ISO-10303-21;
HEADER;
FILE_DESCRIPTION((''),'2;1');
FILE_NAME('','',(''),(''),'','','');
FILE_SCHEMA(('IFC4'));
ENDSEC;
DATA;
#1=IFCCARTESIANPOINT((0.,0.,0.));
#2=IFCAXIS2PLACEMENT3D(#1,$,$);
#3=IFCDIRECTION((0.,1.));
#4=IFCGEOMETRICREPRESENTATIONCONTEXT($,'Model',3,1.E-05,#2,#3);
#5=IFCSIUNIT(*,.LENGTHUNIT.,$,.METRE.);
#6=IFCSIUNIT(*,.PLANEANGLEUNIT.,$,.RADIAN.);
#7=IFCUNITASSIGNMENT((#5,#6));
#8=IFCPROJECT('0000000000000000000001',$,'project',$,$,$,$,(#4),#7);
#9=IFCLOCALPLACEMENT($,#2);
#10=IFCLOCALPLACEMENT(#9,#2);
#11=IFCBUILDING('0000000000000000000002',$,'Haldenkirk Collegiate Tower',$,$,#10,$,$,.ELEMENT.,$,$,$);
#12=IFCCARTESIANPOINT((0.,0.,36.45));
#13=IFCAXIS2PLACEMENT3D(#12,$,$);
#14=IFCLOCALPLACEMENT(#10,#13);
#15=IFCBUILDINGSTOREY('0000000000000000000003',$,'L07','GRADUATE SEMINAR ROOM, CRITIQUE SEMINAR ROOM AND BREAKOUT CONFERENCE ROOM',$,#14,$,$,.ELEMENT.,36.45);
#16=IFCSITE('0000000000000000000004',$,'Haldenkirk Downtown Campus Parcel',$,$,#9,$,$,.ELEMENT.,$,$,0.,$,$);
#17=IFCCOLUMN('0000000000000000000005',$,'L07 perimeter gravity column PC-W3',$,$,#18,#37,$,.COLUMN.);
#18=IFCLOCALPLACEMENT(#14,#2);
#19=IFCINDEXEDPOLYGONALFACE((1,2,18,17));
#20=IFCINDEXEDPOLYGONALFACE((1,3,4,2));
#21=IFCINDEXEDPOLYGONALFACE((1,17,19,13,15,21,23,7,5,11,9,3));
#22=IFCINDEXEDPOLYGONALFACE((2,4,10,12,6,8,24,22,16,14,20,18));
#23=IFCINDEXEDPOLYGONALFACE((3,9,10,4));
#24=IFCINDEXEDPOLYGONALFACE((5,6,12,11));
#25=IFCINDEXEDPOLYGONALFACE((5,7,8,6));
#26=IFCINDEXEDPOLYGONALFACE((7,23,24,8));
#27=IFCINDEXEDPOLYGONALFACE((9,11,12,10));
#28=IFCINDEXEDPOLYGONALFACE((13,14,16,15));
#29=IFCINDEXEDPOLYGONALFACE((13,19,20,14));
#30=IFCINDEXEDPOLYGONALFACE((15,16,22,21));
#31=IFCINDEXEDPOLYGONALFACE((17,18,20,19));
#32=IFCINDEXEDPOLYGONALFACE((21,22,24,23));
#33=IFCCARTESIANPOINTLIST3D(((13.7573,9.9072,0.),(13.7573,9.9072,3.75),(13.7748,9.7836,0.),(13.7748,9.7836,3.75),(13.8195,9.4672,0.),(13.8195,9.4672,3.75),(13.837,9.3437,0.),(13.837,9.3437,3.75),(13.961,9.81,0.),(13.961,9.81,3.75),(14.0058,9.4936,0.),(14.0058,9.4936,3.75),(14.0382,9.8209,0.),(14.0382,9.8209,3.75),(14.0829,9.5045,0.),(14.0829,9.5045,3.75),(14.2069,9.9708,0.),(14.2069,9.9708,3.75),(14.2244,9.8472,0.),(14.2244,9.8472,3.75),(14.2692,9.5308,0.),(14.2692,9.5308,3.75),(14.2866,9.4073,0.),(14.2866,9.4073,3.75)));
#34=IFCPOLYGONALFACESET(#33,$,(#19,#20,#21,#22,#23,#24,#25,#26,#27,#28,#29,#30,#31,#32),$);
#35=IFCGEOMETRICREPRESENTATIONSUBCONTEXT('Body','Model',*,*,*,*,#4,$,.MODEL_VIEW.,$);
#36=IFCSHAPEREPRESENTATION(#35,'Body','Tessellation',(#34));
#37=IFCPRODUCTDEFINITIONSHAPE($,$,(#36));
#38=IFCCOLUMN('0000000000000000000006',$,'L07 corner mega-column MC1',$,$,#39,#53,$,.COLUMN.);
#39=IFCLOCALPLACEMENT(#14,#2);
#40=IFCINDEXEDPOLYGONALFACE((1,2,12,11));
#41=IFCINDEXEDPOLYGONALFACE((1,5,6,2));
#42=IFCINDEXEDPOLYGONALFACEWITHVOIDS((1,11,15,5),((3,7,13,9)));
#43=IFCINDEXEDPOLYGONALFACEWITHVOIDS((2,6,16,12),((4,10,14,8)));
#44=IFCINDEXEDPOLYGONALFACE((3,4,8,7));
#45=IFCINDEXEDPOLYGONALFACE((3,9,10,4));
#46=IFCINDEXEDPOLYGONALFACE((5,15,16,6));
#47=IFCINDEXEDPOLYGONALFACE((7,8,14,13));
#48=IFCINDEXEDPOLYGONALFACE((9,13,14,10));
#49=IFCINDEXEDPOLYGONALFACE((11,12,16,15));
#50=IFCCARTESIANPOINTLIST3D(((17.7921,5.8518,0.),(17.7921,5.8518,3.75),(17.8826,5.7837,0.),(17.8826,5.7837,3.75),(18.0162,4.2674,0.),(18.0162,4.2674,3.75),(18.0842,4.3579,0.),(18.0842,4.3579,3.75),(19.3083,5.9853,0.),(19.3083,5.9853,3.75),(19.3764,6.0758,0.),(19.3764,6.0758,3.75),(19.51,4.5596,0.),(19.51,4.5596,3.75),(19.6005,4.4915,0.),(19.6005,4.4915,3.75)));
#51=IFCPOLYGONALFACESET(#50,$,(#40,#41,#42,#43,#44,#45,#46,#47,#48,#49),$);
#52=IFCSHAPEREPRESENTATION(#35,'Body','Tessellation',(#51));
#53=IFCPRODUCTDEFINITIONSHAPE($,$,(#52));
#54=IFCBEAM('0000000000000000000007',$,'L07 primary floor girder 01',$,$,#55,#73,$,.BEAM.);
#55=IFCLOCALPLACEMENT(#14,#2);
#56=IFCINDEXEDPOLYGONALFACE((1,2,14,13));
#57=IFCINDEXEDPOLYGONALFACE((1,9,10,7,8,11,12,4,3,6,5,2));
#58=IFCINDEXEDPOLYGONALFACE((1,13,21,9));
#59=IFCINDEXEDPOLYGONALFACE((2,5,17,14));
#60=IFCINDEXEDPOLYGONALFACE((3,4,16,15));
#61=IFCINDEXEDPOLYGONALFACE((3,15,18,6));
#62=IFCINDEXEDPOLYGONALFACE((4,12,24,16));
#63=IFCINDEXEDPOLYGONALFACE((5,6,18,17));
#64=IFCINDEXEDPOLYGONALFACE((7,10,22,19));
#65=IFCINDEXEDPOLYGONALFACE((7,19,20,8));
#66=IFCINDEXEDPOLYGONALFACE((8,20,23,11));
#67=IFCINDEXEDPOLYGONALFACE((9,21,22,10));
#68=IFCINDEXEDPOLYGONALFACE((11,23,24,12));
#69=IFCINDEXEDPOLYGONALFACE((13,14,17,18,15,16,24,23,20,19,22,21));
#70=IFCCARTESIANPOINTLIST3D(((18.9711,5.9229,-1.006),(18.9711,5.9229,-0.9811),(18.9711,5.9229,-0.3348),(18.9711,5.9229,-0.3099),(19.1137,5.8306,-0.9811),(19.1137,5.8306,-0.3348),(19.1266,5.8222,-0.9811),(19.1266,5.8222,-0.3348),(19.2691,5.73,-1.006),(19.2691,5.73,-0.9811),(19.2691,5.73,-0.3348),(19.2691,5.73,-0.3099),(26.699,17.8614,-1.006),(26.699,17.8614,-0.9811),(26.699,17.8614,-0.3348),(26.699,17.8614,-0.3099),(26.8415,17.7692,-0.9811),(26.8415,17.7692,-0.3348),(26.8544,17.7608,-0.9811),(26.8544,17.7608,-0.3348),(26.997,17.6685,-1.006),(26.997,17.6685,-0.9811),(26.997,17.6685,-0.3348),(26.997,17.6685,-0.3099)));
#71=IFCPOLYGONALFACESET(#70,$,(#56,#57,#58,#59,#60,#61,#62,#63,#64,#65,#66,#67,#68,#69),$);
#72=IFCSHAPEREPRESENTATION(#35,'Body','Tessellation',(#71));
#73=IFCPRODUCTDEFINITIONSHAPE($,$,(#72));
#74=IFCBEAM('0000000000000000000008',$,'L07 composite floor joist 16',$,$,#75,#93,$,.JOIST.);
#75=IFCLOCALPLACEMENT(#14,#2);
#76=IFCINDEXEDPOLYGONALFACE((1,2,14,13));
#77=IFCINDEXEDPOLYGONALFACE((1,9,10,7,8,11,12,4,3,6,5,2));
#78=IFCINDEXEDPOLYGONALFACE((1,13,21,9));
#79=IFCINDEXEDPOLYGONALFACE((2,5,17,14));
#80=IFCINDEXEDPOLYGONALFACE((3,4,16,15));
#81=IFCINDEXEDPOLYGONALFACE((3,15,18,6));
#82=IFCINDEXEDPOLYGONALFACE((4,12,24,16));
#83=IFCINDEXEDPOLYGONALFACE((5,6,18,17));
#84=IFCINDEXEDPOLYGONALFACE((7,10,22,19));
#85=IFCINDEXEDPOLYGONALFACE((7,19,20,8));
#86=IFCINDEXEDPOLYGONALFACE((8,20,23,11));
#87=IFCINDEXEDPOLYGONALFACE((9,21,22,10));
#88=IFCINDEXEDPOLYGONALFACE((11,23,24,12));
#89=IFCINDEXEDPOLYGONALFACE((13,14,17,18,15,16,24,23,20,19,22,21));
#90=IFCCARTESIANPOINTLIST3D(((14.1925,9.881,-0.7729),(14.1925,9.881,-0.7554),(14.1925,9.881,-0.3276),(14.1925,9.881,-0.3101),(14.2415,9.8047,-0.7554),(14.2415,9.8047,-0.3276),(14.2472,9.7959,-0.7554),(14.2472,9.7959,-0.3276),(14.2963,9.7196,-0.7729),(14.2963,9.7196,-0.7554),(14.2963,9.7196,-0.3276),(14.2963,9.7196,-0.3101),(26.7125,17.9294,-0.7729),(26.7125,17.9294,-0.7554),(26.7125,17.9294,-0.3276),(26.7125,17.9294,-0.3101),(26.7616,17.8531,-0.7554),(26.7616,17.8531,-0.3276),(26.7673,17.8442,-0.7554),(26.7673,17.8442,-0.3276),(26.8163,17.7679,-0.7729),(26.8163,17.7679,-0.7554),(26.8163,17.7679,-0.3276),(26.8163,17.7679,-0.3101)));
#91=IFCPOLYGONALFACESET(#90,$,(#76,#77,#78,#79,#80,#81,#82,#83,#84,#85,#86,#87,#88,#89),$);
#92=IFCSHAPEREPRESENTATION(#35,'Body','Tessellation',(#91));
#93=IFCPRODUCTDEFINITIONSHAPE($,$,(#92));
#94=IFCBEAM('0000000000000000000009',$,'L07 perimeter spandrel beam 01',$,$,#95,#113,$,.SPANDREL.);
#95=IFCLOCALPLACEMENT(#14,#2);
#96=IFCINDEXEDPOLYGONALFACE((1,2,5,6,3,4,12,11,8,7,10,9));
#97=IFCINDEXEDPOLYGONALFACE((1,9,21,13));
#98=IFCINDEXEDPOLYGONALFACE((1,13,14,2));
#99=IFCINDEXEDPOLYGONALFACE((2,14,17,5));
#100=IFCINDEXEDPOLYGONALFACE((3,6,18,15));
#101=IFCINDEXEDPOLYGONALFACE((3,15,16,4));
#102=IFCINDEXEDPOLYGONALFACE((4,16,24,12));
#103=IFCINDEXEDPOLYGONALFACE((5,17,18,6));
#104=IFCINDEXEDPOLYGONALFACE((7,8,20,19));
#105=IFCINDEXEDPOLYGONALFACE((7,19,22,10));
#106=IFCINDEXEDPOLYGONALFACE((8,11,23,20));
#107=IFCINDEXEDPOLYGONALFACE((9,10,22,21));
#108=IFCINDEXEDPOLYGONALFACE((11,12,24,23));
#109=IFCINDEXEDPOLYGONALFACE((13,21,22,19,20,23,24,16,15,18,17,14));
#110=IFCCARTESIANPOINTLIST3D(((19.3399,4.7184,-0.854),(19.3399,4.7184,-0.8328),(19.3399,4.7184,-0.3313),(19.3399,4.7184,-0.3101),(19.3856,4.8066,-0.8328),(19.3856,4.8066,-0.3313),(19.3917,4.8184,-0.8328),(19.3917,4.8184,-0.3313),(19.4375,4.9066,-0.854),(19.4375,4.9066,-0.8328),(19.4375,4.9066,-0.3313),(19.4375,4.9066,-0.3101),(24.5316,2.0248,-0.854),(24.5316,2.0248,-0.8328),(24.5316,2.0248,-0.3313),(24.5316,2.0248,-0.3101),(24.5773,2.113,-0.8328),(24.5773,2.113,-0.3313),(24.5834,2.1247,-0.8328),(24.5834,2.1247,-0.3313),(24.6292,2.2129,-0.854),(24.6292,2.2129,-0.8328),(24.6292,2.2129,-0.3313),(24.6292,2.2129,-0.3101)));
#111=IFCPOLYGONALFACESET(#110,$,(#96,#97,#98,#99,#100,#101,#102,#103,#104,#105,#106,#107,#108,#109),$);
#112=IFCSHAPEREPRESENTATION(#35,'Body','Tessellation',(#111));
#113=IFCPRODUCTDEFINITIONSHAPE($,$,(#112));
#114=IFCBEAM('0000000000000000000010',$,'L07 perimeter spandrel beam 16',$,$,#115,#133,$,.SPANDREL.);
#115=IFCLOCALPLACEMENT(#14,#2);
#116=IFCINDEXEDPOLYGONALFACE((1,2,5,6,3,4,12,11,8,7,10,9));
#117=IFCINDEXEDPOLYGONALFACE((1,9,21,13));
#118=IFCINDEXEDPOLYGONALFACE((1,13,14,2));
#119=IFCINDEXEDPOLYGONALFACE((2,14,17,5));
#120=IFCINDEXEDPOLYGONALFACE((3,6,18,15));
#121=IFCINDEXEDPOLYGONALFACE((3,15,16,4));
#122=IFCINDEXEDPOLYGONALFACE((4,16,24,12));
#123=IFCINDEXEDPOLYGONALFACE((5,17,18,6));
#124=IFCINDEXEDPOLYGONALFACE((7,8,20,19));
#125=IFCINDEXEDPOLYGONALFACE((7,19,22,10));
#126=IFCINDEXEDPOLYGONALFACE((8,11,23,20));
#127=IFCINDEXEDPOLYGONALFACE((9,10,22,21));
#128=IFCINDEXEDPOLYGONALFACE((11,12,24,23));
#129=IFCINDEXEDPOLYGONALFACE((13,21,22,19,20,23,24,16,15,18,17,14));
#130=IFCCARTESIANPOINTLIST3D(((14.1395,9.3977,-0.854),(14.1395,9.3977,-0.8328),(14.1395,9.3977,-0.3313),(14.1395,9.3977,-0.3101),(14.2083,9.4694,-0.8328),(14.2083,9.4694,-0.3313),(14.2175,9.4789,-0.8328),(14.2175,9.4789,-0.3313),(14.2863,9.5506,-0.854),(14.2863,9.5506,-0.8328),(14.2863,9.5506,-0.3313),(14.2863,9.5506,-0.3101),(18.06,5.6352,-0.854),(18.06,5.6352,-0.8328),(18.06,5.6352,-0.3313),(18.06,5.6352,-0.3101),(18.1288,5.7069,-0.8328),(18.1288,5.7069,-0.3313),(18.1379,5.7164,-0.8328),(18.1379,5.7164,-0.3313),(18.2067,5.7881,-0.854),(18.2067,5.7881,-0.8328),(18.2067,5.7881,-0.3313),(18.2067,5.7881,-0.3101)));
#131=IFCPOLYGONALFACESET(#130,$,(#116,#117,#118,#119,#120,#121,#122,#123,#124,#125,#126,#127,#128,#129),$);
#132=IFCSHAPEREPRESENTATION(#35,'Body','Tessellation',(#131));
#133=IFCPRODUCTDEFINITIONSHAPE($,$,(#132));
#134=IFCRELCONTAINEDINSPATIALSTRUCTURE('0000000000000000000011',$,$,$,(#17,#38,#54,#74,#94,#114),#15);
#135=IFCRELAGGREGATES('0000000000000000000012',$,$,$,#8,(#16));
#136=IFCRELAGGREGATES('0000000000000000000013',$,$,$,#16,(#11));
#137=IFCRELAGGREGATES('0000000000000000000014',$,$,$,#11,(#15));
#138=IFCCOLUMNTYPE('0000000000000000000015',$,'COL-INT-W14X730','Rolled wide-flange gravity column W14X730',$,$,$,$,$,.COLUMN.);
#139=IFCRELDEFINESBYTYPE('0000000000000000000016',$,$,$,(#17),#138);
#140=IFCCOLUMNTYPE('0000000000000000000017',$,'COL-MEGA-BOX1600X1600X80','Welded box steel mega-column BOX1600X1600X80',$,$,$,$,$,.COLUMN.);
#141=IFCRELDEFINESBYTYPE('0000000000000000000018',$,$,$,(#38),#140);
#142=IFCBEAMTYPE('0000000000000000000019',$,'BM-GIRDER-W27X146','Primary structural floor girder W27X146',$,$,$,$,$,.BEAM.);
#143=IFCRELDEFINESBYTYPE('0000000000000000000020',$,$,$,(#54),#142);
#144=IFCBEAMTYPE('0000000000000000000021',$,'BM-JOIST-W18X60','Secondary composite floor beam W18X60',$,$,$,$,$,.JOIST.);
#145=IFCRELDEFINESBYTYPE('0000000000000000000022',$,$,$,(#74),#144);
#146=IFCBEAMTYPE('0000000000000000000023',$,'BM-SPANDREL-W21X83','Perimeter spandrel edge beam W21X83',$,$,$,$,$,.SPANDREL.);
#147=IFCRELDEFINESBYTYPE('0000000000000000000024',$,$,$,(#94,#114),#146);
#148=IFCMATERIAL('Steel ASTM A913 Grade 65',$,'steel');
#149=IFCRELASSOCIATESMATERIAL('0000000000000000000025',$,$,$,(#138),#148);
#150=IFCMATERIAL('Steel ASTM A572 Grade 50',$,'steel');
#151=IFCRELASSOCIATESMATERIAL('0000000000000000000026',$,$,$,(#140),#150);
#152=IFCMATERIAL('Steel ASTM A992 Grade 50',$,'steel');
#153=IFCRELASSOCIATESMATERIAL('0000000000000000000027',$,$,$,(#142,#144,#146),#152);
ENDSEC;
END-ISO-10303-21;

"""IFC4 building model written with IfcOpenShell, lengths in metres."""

from ifc_helpers import new_model, si_unit, direction, frame, origin, origin_2d, place, context, subcontext, project, spatial, hollow_rectangle, i_section, extrude, material, material_profile, profile_set, type_object, element, save


model = new_model("IFC4")

# Units and contexts
model_context = context("Model", 3, precision=1e-05, world=origin(), true_north=direction((0.0, 1.0)))
body_context = subcontext(model_context, "Body", "Model", "MODEL_VIEW")
ifc_project = project(units=[si_unit("LENGTHUNIT", "METRE"), si_unit("PLANEANGLEUNIT", "RADIAN")], contexts=[model_context])

# Site, building, storey
site_placement = place(None, origin())
site = spatial("IfcSite", under=ifc_project, at=site_placement, Name="Haldenkirk Downtown Campus Parcel", CompositionType="ELEMENT", RefElevation=0.0)
building_placement = place(site_placement, origin())
building = spatial("IfcBuilding", under=site, at=building_placement, Name="Haldenkirk Collegiate Tower", CompositionType="ELEMENT")
storey_placement = place(building_placement, frame((0.0, 0.0, 36.45)))
storey = spatial("IfcBuildingStorey", under=building, at=storey_placement, Name="L07", Description="GRADUATE SEMINAR ROOM, CRITIQUE SEMINAR ROOM AND BREAKOUT CONFERENCE ROOM", CompositionType="ELEMENT", Elevation=36.45)

# Columns
ifc_material_1 = material(Name="Steel ASTM A913 Grade 65", Category="steel")
ifc_material_profile_1 = material_profile(ifc_material_1, i_section(OverallWidth=0.4541, OverallDepth=0.5691, WebThickness=0.0779, FlangeThickness=0.1248, at=origin_2d()), Name="W14X730")
ifc_profile_set_1 = profile_set([ifc_material_profile_1], Name="Steel ASTM A913 Grade 65")
column_type_1 = type_object("IfcColumnType", Name="COL-INT-W14X730", Description="Rolled wide-flange gravity column W14X730", PredefinedType="COLUMN", material=ifc_profile_set_1)
column_1_placement = place(storey_placement, frame((14.022, 9.6572, 0.0), z_axis=(0.0, 0.0, 1.0), x_axis=(0.990146, 0.140037, 0.0)))
element("IfcColumn", 1, at=column_1_placement, inside=storey, type_object=column_type_1, Name="L07 perimeter gravity column PC-W3", PredefinedType="COLUMN", context=body_context, shape_type="SweptSolid", body=[
    extrude(i_section(OverallWidth=0.4541, OverallDepth=0.5691, WebThickness=0.0779, FlangeThickness=0.1248, at=origin_2d()), origin(), (0.0, 0.0, 1.0), 3.75),
])
ifc_material_2 = material(Name="Steel ASTM A572 Grade 50", Category="steel")
ifc_material_profile_2 = material_profile(ifc_material_2, hollow_rectangle(XDim=1.6001, YDim=1.6001, WallThickness=0.0801, at=origin_2d()), Name="BOX1600X1600X80")
ifc_profile_set_2 = profile_set([ifc_material_profile_2], Name="Steel ASTM A572 Grade 50")
column_type_2 = type_object("IfcColumnType", Name="COL-MEGA-BOX1600X1600X80", Description="Welded box steel mega-column BOX1600X1600X80", PredefinedType="COLUMN", material=ifc_profile_set_2)
column_2_placement = place(storey_placement, frame((18.6963, 5.1716, 0.0), z_axis=(0.0, 0.0, 1.0), x_axis=(0.990146, 0.140037, 0.0)))
element("IfcColumn", 2, at=column_2_placement, inside=storey, type_object=column_type_2, Name="L07 corner mega-column MC1", PredefinedType="COLUMN", context=body_context, shape_type="SweptSolid", body=[
    extrude(hollow_rectangle(XDim=1.6001, YDim=1.6001, WallThickness=0.0801, at=origin_2d()), origin(), (0.0, 0.0, 1.0), 3.75),
])

# Beams
ifc_material_3 = material(Name="Steel ASTM A992 Grade 50", Category="steel")
ifc_material_profile_3 = material_profile(ifc_material_3, i_section(OverallWidth=0.355, OverallDepth=0.696, WebThickness=0.0154, FlangeThickness=0.0249, at=origin_2d()), Name="W27X146")
ifc_profile_set_3 = profile_set([ifc_material_profile_3], Name="Steel ASTM A992 Grade 50")
beam_type_1 = type_object("IfcBeamType", Name="BM-GIRDER-W27X146", Description="Primary structural floor girder W27X146", PredefinedType="BEAM", material=ifc_profile_set_3)
beam_1_placement = place(storey_placement, frame((19.1201, 5.8264, -0.658), z_axis=(0.543394, 0.839478, 0.0), x_axis=(-0.839478, 0.543394, 0.0)))
element("IfcBeam", 3, at=beam_1_placement, inside=storey, type_object=beam_type_1, Name="L07 primary floor girder 01", PredefinedType="BEAM", context=body_context, shape_type="SweptSolid", body=[
    extrude(i_section(OverallWidth=0.355, OverallDepth=0.696, WebThickness=0.0154, FlangeThickness=0.0249, at=origin_2d()), origin(), (0.0, 0.0, 1.0), 14.2214),
])
ifc_material_profile_4 = material_profile(ifc_material_3, i_section(OverallWidth=0.1919, OverallDepth=0.4629, WebThickness=0.0105, FlangeThickness=0.0176, at=origin_2d()), Name="W18X60")
ifc_profile_set_4 = profile_set([ifc_material_profile_4], Name="Steel ASTM A992 Grade 50")
beam_type_2 = type_object("IfcBeamType", Name="BM-JOIST-W18X60", Description="Secondary composite floor beam W18X60", PredefinedType="JOIST", material=ifc_profile_set_4)
beam_2_placement = place(storey_placement, frame((14.2444, 9.8003, -0.5415), z_axis=(0.841186, 0.540746, 0.0), x_axis=(-0.540746, 0.841186, 0.0)))
element("IfcBeam", 4, at=beam_2_placement, inside=storey, type_object=beam_type_2, Name="L07 composite floor joist 16", PredefinedType="JOIST", context=body_context, shape_type="SweptSolid", body=[
    extrude(i_section(OverallWidth=0.1919, OverallDepth=0.4629, WebThickness=0.0105, FlangeThickness=0.0176, at=origin_2d()), origin(), (0.0, 0.0, 1.0), 14.8838),
])
ifc_material_profile_5 = material_profile(ifc_material_3, i_section(OverallWidth=0.2119, OverallDepth=0.5439, WebThickness=0.0132, FlangeThickness=0.0212, at=origin_2d()), Name="W21X83")
ifc_profile_set_5 = profile_set([ifc_material_profile_5], Name="Steel ASTM A992 Grade 50")
beam_type_3 = type_object("IfcBeamType", Name="BM-SPANDREL-W21X83", Description="Perimeter spandrel edge beam W21X83", PredefinedType="SPANDREL", material=ifc_profile_set_5)
beam_3_placement = place(storey_placement, frame((19.3887, 4.8125, -0.582), z_axis=(0.88764, -0.460538, 0.0), x_axis=(0.460538, 0.88764, 0.0)))
element("IfcBeam", 5, at=beam_3_placement, inside=storey, type_object=beam_type_3, Name="L07 perimeter spandrel beam 01", PredefinedType="SPANDREL", context=body_context, shape_type="SweptSolid", body=[
    extrude(i_section(OverallWidth=0.2119, OverallDepth=0.5439, WebThickness=0.0132, FlangeThickness=0.0212, at=origin_2d()), origin(), (0.0, 0.0, 1.0), 5.8489),
])
beam_4_placement = place(storey_placement, frame((14.2129, 9.4741, -0.582), z_axis=(0.721492, -0.692422, 0.0), x_axis=(0.692422, 0.721492, 0.0)))
element("IfcBeam", 6, at=beam_4_placement, inside=storey, type_object=beam_type_3, Name="L07 perimeter spandrel beam 16", PredefinedType="SPANDREL", context=body_context, shape_type="SweptSolid", body=[
    extrude(i_section(OverallWidth=0.2119, OverallDepth=0.5439, WebThickness=0.0132, FlangeThickness=0.0212, at=origin_2d()), origin(), (0.0, 0.0, 1.0), 5.4338),
])

save(model, "model.ifc")
